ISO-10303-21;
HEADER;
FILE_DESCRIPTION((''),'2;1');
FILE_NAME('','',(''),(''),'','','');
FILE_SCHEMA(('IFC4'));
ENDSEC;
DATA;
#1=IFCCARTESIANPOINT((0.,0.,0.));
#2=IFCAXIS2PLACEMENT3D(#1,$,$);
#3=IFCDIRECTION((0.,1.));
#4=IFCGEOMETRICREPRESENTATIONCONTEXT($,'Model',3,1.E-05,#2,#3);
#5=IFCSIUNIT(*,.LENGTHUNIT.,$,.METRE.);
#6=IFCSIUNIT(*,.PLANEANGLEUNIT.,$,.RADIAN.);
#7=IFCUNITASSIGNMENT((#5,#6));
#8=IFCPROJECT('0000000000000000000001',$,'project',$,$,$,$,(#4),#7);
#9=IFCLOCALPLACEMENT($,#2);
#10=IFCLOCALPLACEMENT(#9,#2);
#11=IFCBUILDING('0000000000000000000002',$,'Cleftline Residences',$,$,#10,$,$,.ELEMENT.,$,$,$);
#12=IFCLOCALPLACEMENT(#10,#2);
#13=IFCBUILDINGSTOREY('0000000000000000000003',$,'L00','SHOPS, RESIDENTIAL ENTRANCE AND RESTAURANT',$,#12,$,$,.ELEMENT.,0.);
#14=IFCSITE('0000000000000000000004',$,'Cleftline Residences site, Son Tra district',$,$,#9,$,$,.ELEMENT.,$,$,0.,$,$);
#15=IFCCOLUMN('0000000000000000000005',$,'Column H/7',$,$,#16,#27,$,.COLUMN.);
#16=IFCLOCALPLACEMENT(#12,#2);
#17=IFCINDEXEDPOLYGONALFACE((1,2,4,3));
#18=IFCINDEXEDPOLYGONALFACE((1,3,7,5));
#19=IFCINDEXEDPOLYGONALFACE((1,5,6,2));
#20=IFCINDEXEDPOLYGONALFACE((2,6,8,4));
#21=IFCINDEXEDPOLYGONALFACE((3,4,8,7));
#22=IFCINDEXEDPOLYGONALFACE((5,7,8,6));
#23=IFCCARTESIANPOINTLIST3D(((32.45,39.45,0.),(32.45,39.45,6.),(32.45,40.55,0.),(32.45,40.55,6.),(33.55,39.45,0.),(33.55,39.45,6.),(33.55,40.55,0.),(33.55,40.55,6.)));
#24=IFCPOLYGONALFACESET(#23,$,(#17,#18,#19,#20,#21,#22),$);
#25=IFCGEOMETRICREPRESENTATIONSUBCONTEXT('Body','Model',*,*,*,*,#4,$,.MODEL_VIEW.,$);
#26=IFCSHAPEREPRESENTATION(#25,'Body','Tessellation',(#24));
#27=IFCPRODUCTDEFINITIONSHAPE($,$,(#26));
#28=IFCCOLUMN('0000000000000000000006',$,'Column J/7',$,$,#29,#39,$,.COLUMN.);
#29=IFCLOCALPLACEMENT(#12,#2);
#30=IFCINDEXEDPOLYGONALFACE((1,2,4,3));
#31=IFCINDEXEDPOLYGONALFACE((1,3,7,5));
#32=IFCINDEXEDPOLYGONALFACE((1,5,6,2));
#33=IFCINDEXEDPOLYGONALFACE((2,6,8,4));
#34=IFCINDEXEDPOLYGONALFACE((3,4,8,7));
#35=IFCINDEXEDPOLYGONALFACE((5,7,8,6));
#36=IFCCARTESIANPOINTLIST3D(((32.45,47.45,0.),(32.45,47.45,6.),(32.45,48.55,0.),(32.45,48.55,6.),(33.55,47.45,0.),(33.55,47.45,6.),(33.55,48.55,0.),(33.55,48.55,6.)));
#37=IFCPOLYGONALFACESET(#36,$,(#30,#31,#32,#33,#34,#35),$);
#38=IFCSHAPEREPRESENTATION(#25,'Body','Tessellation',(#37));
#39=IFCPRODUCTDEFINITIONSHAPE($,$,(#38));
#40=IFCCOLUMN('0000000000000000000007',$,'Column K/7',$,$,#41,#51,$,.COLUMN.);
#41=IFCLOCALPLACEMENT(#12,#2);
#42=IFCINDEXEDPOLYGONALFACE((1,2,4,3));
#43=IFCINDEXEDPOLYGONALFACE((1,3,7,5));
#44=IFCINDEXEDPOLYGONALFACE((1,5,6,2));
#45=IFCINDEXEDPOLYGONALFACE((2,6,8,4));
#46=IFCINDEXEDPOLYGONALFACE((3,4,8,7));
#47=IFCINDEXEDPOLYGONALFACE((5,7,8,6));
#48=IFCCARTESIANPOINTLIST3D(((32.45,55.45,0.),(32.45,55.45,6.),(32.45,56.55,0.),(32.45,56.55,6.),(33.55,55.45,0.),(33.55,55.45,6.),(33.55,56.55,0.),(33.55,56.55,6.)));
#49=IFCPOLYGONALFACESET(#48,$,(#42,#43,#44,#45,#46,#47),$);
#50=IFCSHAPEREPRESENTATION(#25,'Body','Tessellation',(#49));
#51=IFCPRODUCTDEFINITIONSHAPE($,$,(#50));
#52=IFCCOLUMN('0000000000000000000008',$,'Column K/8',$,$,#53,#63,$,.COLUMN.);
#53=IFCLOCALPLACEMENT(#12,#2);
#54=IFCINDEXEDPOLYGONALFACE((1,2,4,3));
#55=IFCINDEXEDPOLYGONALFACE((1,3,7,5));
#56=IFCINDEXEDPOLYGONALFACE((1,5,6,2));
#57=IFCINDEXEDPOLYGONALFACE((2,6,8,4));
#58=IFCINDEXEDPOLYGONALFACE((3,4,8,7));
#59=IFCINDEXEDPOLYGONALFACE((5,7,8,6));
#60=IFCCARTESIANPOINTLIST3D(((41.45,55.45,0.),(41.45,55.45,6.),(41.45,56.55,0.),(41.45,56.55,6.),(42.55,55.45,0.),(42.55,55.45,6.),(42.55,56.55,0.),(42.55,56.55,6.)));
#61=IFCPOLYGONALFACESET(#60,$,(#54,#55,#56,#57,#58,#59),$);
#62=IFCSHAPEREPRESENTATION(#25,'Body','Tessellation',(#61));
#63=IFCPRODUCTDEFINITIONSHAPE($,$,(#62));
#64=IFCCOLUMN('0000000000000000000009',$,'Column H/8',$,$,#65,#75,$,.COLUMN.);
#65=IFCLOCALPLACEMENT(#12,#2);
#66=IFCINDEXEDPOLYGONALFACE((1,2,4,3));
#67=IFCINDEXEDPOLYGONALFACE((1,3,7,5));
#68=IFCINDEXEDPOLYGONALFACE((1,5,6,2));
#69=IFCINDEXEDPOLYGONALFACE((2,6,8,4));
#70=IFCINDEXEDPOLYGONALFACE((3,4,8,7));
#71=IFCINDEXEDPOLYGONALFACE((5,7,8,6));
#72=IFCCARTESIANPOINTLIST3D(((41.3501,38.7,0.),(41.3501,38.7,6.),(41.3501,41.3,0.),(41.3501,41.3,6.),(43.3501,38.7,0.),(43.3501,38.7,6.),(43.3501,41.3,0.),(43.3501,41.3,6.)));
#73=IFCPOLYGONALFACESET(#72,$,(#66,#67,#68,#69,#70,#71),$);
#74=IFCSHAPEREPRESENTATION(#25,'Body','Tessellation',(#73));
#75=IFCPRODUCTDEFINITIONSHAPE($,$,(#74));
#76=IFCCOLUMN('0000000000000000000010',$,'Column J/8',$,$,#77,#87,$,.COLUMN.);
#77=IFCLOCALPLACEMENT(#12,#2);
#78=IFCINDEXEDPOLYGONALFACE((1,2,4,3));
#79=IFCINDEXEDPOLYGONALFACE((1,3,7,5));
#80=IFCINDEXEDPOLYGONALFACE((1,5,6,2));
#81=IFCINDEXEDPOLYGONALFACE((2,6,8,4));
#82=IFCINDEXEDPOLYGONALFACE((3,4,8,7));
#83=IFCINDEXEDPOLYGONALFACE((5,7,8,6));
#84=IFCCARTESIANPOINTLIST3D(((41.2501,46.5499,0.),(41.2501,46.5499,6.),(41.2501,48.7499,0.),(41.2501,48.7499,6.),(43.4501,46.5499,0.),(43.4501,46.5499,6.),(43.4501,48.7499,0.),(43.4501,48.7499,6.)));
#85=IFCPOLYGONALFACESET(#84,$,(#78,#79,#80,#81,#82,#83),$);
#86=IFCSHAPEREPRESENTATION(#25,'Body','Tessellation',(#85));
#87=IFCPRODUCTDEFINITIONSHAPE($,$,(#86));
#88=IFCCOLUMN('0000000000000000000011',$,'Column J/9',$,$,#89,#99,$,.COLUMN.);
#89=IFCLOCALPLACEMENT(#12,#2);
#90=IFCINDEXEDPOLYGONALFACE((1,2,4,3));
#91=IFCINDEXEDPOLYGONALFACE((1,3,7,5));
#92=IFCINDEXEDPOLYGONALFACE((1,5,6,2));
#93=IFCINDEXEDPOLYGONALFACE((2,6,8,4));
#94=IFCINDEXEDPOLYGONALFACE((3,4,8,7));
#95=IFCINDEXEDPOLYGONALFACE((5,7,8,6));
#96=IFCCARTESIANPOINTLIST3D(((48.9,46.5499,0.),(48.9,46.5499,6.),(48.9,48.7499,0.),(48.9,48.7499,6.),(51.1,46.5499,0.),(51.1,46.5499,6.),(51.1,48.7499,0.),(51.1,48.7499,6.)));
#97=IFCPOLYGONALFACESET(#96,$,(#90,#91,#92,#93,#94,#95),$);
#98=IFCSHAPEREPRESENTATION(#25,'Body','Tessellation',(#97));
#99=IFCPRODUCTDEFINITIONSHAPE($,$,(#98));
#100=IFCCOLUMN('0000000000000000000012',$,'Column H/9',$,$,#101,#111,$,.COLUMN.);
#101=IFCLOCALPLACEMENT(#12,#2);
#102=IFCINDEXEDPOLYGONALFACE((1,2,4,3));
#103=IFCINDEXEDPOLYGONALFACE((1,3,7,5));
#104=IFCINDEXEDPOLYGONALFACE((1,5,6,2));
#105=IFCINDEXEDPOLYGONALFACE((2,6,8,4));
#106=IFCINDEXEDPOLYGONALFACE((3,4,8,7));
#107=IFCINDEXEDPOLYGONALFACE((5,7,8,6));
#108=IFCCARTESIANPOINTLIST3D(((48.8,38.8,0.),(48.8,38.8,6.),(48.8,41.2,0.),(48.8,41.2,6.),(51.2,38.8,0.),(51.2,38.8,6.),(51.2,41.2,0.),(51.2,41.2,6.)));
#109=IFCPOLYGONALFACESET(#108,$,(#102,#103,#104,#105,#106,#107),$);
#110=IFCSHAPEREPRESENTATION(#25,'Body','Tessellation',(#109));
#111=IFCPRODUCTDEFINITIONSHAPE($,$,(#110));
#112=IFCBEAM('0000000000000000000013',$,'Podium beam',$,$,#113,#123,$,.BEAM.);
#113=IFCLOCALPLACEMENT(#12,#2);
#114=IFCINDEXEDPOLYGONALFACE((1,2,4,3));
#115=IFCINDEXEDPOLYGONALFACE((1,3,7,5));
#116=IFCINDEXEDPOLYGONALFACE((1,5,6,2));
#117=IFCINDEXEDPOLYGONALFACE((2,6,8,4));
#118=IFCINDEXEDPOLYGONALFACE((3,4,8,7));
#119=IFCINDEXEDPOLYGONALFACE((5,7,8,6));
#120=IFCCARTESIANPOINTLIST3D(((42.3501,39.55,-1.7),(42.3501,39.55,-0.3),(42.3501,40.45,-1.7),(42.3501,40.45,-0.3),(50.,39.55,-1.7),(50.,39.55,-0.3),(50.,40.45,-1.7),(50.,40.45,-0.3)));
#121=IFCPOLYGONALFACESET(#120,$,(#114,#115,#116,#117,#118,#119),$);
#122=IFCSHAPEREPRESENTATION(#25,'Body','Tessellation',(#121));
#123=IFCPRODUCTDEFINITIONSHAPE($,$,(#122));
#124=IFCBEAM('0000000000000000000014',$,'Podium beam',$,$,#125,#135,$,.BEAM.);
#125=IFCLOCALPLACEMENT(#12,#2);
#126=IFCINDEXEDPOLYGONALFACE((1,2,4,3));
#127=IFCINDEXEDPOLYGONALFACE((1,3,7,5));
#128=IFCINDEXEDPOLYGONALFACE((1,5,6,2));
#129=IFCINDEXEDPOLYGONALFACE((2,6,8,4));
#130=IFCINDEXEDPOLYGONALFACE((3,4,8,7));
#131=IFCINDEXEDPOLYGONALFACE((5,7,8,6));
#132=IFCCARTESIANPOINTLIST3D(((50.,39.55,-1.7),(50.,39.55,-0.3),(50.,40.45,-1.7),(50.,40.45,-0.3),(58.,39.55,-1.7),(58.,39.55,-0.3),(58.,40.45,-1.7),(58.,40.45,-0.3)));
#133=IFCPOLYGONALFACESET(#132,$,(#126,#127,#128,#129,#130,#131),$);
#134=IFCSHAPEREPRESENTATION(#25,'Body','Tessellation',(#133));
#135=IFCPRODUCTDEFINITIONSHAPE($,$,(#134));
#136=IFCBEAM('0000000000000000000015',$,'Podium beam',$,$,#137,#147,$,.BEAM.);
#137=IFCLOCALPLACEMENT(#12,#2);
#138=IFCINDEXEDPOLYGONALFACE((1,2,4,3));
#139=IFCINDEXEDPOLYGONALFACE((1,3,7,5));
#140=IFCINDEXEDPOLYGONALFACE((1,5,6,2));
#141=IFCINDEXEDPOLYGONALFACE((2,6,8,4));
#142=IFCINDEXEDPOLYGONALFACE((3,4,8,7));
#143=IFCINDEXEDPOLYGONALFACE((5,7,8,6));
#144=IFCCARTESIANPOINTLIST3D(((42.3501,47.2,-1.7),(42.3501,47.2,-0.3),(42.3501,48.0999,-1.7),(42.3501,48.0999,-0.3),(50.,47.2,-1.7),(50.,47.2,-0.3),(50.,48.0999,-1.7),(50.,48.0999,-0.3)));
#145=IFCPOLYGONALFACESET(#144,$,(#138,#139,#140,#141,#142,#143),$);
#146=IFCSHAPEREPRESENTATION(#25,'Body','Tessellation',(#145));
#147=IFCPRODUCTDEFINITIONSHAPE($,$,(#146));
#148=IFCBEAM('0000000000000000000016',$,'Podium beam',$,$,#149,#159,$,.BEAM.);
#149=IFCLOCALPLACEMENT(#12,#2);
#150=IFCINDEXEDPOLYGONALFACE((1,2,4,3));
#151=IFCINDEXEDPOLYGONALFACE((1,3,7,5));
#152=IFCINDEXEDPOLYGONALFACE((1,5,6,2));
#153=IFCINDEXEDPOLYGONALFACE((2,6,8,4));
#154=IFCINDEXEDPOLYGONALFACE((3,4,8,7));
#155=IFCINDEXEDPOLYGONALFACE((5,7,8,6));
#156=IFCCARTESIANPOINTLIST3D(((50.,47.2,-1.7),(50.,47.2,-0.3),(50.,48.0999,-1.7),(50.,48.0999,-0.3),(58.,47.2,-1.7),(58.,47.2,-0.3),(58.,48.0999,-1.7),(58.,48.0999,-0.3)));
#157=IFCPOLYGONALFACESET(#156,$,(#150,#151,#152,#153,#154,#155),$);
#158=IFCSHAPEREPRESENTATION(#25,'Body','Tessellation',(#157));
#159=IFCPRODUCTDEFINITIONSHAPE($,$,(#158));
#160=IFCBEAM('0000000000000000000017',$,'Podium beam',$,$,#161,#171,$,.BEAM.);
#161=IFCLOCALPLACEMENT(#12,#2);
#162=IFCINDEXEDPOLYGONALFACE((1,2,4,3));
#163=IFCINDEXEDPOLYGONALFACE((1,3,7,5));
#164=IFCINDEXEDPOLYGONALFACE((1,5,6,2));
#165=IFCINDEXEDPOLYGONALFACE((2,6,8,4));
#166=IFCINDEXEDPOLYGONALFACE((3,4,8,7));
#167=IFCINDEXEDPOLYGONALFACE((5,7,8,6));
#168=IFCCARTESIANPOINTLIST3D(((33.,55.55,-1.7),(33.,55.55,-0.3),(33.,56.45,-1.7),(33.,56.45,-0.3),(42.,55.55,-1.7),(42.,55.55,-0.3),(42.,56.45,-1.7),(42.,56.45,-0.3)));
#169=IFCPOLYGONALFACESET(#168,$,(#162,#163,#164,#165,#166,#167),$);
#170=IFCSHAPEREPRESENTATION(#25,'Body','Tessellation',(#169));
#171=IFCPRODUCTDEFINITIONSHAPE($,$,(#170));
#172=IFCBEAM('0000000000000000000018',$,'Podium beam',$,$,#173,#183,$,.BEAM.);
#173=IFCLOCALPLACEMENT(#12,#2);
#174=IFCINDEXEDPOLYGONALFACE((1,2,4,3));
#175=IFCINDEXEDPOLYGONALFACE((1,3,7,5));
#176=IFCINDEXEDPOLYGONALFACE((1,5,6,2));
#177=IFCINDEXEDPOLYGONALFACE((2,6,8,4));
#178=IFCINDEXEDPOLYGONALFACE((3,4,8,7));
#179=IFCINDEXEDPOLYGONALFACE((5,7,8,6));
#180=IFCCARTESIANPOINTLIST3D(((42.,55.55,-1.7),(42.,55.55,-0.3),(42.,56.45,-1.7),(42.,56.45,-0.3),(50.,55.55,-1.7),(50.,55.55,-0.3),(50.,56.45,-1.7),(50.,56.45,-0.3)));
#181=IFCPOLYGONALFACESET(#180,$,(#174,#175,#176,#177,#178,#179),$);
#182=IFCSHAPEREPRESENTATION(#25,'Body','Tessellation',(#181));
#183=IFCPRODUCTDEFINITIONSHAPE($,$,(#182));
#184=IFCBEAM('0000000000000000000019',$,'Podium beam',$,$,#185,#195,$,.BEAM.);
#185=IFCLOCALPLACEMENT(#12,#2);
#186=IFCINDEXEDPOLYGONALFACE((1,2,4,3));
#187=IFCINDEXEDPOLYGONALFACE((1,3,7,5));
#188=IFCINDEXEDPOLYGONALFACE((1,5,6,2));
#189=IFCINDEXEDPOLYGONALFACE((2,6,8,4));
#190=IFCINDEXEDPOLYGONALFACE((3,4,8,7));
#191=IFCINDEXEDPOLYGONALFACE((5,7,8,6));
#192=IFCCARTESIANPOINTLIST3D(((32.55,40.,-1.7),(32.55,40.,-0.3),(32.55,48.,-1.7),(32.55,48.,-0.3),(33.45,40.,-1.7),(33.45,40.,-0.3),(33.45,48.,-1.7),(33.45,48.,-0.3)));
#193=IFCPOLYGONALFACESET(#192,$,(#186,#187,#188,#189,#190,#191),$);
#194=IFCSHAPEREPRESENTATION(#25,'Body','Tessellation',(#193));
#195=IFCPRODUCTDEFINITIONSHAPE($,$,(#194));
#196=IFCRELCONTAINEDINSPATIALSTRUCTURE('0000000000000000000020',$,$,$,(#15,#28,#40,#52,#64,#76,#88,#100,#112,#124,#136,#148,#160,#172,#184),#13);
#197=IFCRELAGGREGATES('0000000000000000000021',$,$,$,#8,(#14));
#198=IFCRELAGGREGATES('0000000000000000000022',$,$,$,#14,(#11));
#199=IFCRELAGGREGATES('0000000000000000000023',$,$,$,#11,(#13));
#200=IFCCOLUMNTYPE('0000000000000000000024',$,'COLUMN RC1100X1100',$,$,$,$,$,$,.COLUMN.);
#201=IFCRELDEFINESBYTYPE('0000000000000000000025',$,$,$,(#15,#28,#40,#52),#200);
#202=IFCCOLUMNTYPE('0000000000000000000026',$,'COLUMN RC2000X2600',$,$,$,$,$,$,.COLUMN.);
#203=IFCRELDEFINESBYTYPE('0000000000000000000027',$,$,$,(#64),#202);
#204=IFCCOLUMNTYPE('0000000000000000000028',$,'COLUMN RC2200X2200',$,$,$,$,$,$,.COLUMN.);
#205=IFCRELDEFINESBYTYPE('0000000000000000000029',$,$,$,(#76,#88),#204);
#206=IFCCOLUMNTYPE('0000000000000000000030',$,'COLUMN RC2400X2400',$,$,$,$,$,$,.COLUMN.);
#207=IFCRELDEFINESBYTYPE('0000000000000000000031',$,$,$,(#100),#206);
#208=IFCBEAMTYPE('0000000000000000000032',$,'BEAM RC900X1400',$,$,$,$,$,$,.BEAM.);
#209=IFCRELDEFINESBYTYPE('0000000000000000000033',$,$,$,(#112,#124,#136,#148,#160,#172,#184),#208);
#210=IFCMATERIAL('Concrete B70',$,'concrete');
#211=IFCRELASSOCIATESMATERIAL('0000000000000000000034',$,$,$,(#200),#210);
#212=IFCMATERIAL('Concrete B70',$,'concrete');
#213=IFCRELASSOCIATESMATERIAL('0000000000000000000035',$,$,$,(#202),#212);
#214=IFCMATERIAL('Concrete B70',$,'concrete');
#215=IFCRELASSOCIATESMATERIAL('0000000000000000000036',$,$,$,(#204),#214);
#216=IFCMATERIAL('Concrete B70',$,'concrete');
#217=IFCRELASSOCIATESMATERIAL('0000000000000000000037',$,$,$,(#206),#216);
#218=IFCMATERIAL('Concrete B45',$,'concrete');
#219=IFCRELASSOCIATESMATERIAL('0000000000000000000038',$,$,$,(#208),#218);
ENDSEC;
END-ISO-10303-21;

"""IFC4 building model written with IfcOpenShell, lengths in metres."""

from ifc_helpers import new_model, si_unit, direction, frame, origin, origin_2d, place, context, subcontext, project, spatial, rectangle, extrude, material, material_profile, profile_set, type_object, element, save


model = new_model("IFC4")

# Units and contexts
model_context = context("Model", 3, precision=1e-05, world=origin(), true_north=direction((0.0, 1.0)))
body_context = subcontext(model_context, "Body", "Model", "MODEL_VIEW")
ifc_project = project(units=[si_unit("LENGTHUNIT", "METRE"), si_unit("PLANEANGLEUNIT", "RADIAN")], contexts=[model_context])

# Site, building, storey
site_placement = place(None, origin())
site = spatial("IfcSite", under=ifc_project, at=site_placement, Name="Cleftline Residences site, Son Tra district", CompositionType="ELEMENT", RefElevation=0.0)
building_placement = place(site_placement, origin())
building = spatial("IfcBuilding", under=site, at=building_placement, Name="Cleftline Residences", CompositionType="ELEMENT")
storey_placement = place(building_placement, origin())
storey = spatial("IfcBuildingStorey", under=building, at=storey_placement, Name="L00", Description="SHOPS, RESIDENTIAL ENTRANCE AND RESTAURANT", CompositionType="ELEMENT", Elevation=0.0)

# Columns
ifc_material_1 = material(Name="Concrete B70", Category="concrete")
ifc_material_profile_1 = material_profile(ifc_material_1, rectangle(XDim=1.1001, YDim=1.1001, at=origin_2d()))
ifc_profile_set_1 = profile_set([ifc_material_profile_1], Name="Concrete B70")
column_type_1 = type_object("IfcColumnType", Name="COLUMN RC1100X1100", PredefinedType="COLUMN", material=ifc_profile_set_1)
for number, where, z_axis, x_axis, name in (
    (1, (33.0, 40.0, 0.0), (0.0, 0.0, 1.0), (1.0, 0.0, 0.0), "Column H/7"),
    (2, (33.0, 48.0, 0.0), (0.0, 0.0, 1.0), (1.0, 0.0, 0.0), "Column J/7"),
    (3, (33.0, 56.0, 0.0), (0.0, 0.0, 1.0), (1.0, 0.0, 0.0), "Column K/7"),
    (4, (42.0, 56.0, 0.0), (0.0, 0.0, 1.0), (1.0, 0.0, 0.0), "Column K/8"),
):
    element("IfcColumn", number, at=place(storey_placement, frame(where, z_axis=z_axis, x_axis=x_axis)), inside=storey, type_object=column_type_1, Name=name, PredefinedType="COLUMN", context=body_context, shape_type="SweptSolid", body=[
        extrude(rectangle(XDim=1.1001, YDim=1.1001, at=origin_2d()), origin(), (0.0, 0.0, 1.0), 6.0),
    ])
ifc_material_2 = material(Name="Concrete B70", Category="concrete")
ifc_material_profile_2 = material_profile(ifc_material_2, rectangle(XDim=2.0, YDim=2.6001, at=origin_2d()))
ifc_profile_set_2 = profile_set([ifc_material_profile_2], Name="Concrete B70")
column_type_2 = type_object("IfcColumnType", Name="COLUMN RC2000X2600", PredefinedType="COLUMN", material=ifc_profile_set_2)
column_1_placement = place(storey_placement, frame((42.3501, 40.0, 0.0), z_axis=(0.0, 0.0, 1.0), x_axis=(1.0, 0.0, 0.0)))
element("IfcColumn", 5, at=column_1_placement, inside=storey, type_object=column_type_2, Name="Column H/8", PredefinedType="COLUMN", context=body_context, shape_type="SweptSolid", body=[
    extrude(rectangle(XDim=2.0, YDim=2.6001, at=origin_2d()), origin(), (0.0, 0.0, 1.0), 6.0),
])
ifc_material_3 = material(Name="Concrete B70", Category="concrete")
ifc_material_profile_3 = material_profile(ifc_material_3, rectangle(XDim=2.2, YDim=2.2, at=origin_2d()))
ifc_profile_set_3 = profile_set([ifc_material_profile_3], Name="Concrete B70")
column_type_3 = type_object("IfcColumnType", Name="COLUMN RC2200X2200", PredefinedType="COLUMN", material=ifc_profile_set_3)
for number, where, z_axis, x_axis, name in (
    (6, (42.3501, 47.6499, 0.0), (0.0, 0.0, 1.0), (1.0, 0.0, 0.0), "Column J/8"),
    (7, (50.0, 47.6499, 0.0), (0.0, 0.0, 1.0), (1.0, 0.0, 0.0), "Column J/9"),
):
    element("IfcColumn", number, at=place(storey_placement, frame(where, z_axis=z_axis, x_axis=x_axis)), inside=storey, type_object=column_type_3, Name=name, PredefinedType="COLUMN", context=body_context, shape_type="SweptSolid", body=[
        extrude(rectangle(XDim=2.2, YDim=2.2, at=origin_2d()), origin(), (0.0, 0.0, 1.0), 6.0),
    ])
ifc_material_4 = material(Name="Concrete B70", Category="concrete")
ifc_material_profile_4 = material_profile(ifc_material_4, rectangle(XDim=2.3999, YDim=2.3999, at=origin_2d()))
ifc_profile_set_4 = profile_set([ifc_material_profile_4], Name="Concrete B70")
column_type_4 = type_object("IfcColumnType", Name="COLUMN RC2400X2400", PredefinedType="COLUMN", material=ifc_profile_set_4)
column_2_placement = place(storey_placement, frame((50.0, 40.0, 0.0), z_axis=(0.0, 0.0, 1.0), x_axis=(1.0, 0.0, 0.0)))
element("IfcColumn", 8, at=column_2_placement, inside=storey, type_object=column_type_4, Name="Column H/9", PredefinedType="COLUMN", context=body_context, shape_type="SweptSolid", body=[
    extrude(rectangle(XDim=2.3999, YDim=2.3999, at=origin_2d()), origin(), (0.0, 0.0, 1.0), 6.0),
])

# Beams
ifc_material_5 = material(Name="Concrete B45", Category="concrete")
ifc_material_profile_5 = material_profile(ifc_material_5, rectangle(XDim=0.8999, YDim=1.3999, at=origin_2d()))
ifc_profile_set_5 = profile_set([ifc_material_profile_5], Name="Concrete B45")
beam_type = type_object("IfcBeamType", Name="BEAM RC900X1400", PredefinedType="BEAM", material=ifc_profile_set_5)
beam_1_placement = place(storey_placement, frame((42.3501, 40.0, -1.0), z_axis=(1.0, 0.0, 0.0), x_axis=(0.0, 1.0, 0.0)))
element("IfcBeam", 9, at=beam_1_placement, inside=storey, type_object=beam_type, Name="Podium beam", PredefinedType="BEAM", context=body_context, shape_type="SweptSolid", body=[
    extrude(rectangle(XDim=0.8999, YDim=1.3999, at=origin_2d()), origin(), (0.0, 0.0, 1.0), 7.6499),
])
beam_2_placement = place(storey_placement, frame((50.0, 40.0, -1.0), z_axis=(1.0, 0.0, 0.0), x_axis=(0.0, 1.0, 0.0)))
element("IfcBeam", 10, at=beam_2_placement, inside=storey, type_object=beam_type, Name="Podium beam", PredefinedType="BEAM", context=body_context, shape_type="SweptSolid", body=[
    extrude(rectangle(XDim=0.8999, YDim=1.3999, at=origin_2d()), origin(), (0.0, 0.0, 1.0), 8.0),
])
beam_3_placement = place(storey_placement, frame((42.3501, 47.6499, -1.0), z_axis=(1.0, 0.0, 0.0), x_axis=(0.0, 1.0, 0.0)))
element("IfcBeam", 11, at=beam_3_placement, inside=storey, type_object=beam_type, Name="Podium beam", PredefinedType="BEAM", context=body_context, shape_type="SweptSolid", body=[
    extrude(rectangle(XDim=0.8999, YDim=1.3999, at=origin_2d()), origin(), (0.0, 0.0, 1.0), 7.6499),
])
beam_4_placement = place(storey_placement, frame((50.0, 47.6499, -1.0), z_axis=(1.0, 0.0, 0.0), x_axis=(0.0, 1.0, 0.0)))
element("IfcBeam", 12, at=beam_4_placement, inside=storey, type_object=beam_type, Name="Podium beam", PredefinedType="BEAM", context=body_context, shape_type="SweptSolid", body=[
    extrude(rectangle(XDim=0.8999, YDim=1.3999, at=origin_2d()), origin(), (0.0, 0.0, 1.0), 8.0),
])
beam_5_placement = place(storey_placement, frame((33.0, 56.0, -1.0), z_axis=(1.0, 0.0, 0.0), x_axis=(0.0, 1.0, 0.0)))
element("IfcBeam", 13, at=beam_5_placement, inside=storey, type_object=beam_type, Name="Podium beam", PredefinedType="BEAM", context=body_context, shape_type="SweptSolid", body=[
    extrude(rectangle(XDim=0.8999, YDim=1.3999, at=origin_2d()), origin(), (0.0, 0.0, 1.0), 9.0),
])
for number, where, z_axis, x_axis, name in (
    (14, (42.0, 56.0, -1.0), (1.0, 0.0, 0.0), (0.0, 1.0, 0.0), "Podium beam"),
    (15, (33.0, 40.0, -1.0), (0.0, 1.0, 0.0), (-1.0, 0.0, 0.0), "Podium beam"),
):
    element("IfcBeam", number, at=place(storey_placement, frame(where, z_axis=z_axis, x_axis=x_axis)), inside=storey, type_object=beam_type, Name=name, PredefinedType="BEAM", context=body_context, shape_type="SweptSolid", body=[
        extrude(rectangle(XDim=0.8999, YDim=1.3999, at=origin_2d()), origin(), (0.0, 0.0, 1.0), 8.0),
    ])

save(model, "model.ifc")
